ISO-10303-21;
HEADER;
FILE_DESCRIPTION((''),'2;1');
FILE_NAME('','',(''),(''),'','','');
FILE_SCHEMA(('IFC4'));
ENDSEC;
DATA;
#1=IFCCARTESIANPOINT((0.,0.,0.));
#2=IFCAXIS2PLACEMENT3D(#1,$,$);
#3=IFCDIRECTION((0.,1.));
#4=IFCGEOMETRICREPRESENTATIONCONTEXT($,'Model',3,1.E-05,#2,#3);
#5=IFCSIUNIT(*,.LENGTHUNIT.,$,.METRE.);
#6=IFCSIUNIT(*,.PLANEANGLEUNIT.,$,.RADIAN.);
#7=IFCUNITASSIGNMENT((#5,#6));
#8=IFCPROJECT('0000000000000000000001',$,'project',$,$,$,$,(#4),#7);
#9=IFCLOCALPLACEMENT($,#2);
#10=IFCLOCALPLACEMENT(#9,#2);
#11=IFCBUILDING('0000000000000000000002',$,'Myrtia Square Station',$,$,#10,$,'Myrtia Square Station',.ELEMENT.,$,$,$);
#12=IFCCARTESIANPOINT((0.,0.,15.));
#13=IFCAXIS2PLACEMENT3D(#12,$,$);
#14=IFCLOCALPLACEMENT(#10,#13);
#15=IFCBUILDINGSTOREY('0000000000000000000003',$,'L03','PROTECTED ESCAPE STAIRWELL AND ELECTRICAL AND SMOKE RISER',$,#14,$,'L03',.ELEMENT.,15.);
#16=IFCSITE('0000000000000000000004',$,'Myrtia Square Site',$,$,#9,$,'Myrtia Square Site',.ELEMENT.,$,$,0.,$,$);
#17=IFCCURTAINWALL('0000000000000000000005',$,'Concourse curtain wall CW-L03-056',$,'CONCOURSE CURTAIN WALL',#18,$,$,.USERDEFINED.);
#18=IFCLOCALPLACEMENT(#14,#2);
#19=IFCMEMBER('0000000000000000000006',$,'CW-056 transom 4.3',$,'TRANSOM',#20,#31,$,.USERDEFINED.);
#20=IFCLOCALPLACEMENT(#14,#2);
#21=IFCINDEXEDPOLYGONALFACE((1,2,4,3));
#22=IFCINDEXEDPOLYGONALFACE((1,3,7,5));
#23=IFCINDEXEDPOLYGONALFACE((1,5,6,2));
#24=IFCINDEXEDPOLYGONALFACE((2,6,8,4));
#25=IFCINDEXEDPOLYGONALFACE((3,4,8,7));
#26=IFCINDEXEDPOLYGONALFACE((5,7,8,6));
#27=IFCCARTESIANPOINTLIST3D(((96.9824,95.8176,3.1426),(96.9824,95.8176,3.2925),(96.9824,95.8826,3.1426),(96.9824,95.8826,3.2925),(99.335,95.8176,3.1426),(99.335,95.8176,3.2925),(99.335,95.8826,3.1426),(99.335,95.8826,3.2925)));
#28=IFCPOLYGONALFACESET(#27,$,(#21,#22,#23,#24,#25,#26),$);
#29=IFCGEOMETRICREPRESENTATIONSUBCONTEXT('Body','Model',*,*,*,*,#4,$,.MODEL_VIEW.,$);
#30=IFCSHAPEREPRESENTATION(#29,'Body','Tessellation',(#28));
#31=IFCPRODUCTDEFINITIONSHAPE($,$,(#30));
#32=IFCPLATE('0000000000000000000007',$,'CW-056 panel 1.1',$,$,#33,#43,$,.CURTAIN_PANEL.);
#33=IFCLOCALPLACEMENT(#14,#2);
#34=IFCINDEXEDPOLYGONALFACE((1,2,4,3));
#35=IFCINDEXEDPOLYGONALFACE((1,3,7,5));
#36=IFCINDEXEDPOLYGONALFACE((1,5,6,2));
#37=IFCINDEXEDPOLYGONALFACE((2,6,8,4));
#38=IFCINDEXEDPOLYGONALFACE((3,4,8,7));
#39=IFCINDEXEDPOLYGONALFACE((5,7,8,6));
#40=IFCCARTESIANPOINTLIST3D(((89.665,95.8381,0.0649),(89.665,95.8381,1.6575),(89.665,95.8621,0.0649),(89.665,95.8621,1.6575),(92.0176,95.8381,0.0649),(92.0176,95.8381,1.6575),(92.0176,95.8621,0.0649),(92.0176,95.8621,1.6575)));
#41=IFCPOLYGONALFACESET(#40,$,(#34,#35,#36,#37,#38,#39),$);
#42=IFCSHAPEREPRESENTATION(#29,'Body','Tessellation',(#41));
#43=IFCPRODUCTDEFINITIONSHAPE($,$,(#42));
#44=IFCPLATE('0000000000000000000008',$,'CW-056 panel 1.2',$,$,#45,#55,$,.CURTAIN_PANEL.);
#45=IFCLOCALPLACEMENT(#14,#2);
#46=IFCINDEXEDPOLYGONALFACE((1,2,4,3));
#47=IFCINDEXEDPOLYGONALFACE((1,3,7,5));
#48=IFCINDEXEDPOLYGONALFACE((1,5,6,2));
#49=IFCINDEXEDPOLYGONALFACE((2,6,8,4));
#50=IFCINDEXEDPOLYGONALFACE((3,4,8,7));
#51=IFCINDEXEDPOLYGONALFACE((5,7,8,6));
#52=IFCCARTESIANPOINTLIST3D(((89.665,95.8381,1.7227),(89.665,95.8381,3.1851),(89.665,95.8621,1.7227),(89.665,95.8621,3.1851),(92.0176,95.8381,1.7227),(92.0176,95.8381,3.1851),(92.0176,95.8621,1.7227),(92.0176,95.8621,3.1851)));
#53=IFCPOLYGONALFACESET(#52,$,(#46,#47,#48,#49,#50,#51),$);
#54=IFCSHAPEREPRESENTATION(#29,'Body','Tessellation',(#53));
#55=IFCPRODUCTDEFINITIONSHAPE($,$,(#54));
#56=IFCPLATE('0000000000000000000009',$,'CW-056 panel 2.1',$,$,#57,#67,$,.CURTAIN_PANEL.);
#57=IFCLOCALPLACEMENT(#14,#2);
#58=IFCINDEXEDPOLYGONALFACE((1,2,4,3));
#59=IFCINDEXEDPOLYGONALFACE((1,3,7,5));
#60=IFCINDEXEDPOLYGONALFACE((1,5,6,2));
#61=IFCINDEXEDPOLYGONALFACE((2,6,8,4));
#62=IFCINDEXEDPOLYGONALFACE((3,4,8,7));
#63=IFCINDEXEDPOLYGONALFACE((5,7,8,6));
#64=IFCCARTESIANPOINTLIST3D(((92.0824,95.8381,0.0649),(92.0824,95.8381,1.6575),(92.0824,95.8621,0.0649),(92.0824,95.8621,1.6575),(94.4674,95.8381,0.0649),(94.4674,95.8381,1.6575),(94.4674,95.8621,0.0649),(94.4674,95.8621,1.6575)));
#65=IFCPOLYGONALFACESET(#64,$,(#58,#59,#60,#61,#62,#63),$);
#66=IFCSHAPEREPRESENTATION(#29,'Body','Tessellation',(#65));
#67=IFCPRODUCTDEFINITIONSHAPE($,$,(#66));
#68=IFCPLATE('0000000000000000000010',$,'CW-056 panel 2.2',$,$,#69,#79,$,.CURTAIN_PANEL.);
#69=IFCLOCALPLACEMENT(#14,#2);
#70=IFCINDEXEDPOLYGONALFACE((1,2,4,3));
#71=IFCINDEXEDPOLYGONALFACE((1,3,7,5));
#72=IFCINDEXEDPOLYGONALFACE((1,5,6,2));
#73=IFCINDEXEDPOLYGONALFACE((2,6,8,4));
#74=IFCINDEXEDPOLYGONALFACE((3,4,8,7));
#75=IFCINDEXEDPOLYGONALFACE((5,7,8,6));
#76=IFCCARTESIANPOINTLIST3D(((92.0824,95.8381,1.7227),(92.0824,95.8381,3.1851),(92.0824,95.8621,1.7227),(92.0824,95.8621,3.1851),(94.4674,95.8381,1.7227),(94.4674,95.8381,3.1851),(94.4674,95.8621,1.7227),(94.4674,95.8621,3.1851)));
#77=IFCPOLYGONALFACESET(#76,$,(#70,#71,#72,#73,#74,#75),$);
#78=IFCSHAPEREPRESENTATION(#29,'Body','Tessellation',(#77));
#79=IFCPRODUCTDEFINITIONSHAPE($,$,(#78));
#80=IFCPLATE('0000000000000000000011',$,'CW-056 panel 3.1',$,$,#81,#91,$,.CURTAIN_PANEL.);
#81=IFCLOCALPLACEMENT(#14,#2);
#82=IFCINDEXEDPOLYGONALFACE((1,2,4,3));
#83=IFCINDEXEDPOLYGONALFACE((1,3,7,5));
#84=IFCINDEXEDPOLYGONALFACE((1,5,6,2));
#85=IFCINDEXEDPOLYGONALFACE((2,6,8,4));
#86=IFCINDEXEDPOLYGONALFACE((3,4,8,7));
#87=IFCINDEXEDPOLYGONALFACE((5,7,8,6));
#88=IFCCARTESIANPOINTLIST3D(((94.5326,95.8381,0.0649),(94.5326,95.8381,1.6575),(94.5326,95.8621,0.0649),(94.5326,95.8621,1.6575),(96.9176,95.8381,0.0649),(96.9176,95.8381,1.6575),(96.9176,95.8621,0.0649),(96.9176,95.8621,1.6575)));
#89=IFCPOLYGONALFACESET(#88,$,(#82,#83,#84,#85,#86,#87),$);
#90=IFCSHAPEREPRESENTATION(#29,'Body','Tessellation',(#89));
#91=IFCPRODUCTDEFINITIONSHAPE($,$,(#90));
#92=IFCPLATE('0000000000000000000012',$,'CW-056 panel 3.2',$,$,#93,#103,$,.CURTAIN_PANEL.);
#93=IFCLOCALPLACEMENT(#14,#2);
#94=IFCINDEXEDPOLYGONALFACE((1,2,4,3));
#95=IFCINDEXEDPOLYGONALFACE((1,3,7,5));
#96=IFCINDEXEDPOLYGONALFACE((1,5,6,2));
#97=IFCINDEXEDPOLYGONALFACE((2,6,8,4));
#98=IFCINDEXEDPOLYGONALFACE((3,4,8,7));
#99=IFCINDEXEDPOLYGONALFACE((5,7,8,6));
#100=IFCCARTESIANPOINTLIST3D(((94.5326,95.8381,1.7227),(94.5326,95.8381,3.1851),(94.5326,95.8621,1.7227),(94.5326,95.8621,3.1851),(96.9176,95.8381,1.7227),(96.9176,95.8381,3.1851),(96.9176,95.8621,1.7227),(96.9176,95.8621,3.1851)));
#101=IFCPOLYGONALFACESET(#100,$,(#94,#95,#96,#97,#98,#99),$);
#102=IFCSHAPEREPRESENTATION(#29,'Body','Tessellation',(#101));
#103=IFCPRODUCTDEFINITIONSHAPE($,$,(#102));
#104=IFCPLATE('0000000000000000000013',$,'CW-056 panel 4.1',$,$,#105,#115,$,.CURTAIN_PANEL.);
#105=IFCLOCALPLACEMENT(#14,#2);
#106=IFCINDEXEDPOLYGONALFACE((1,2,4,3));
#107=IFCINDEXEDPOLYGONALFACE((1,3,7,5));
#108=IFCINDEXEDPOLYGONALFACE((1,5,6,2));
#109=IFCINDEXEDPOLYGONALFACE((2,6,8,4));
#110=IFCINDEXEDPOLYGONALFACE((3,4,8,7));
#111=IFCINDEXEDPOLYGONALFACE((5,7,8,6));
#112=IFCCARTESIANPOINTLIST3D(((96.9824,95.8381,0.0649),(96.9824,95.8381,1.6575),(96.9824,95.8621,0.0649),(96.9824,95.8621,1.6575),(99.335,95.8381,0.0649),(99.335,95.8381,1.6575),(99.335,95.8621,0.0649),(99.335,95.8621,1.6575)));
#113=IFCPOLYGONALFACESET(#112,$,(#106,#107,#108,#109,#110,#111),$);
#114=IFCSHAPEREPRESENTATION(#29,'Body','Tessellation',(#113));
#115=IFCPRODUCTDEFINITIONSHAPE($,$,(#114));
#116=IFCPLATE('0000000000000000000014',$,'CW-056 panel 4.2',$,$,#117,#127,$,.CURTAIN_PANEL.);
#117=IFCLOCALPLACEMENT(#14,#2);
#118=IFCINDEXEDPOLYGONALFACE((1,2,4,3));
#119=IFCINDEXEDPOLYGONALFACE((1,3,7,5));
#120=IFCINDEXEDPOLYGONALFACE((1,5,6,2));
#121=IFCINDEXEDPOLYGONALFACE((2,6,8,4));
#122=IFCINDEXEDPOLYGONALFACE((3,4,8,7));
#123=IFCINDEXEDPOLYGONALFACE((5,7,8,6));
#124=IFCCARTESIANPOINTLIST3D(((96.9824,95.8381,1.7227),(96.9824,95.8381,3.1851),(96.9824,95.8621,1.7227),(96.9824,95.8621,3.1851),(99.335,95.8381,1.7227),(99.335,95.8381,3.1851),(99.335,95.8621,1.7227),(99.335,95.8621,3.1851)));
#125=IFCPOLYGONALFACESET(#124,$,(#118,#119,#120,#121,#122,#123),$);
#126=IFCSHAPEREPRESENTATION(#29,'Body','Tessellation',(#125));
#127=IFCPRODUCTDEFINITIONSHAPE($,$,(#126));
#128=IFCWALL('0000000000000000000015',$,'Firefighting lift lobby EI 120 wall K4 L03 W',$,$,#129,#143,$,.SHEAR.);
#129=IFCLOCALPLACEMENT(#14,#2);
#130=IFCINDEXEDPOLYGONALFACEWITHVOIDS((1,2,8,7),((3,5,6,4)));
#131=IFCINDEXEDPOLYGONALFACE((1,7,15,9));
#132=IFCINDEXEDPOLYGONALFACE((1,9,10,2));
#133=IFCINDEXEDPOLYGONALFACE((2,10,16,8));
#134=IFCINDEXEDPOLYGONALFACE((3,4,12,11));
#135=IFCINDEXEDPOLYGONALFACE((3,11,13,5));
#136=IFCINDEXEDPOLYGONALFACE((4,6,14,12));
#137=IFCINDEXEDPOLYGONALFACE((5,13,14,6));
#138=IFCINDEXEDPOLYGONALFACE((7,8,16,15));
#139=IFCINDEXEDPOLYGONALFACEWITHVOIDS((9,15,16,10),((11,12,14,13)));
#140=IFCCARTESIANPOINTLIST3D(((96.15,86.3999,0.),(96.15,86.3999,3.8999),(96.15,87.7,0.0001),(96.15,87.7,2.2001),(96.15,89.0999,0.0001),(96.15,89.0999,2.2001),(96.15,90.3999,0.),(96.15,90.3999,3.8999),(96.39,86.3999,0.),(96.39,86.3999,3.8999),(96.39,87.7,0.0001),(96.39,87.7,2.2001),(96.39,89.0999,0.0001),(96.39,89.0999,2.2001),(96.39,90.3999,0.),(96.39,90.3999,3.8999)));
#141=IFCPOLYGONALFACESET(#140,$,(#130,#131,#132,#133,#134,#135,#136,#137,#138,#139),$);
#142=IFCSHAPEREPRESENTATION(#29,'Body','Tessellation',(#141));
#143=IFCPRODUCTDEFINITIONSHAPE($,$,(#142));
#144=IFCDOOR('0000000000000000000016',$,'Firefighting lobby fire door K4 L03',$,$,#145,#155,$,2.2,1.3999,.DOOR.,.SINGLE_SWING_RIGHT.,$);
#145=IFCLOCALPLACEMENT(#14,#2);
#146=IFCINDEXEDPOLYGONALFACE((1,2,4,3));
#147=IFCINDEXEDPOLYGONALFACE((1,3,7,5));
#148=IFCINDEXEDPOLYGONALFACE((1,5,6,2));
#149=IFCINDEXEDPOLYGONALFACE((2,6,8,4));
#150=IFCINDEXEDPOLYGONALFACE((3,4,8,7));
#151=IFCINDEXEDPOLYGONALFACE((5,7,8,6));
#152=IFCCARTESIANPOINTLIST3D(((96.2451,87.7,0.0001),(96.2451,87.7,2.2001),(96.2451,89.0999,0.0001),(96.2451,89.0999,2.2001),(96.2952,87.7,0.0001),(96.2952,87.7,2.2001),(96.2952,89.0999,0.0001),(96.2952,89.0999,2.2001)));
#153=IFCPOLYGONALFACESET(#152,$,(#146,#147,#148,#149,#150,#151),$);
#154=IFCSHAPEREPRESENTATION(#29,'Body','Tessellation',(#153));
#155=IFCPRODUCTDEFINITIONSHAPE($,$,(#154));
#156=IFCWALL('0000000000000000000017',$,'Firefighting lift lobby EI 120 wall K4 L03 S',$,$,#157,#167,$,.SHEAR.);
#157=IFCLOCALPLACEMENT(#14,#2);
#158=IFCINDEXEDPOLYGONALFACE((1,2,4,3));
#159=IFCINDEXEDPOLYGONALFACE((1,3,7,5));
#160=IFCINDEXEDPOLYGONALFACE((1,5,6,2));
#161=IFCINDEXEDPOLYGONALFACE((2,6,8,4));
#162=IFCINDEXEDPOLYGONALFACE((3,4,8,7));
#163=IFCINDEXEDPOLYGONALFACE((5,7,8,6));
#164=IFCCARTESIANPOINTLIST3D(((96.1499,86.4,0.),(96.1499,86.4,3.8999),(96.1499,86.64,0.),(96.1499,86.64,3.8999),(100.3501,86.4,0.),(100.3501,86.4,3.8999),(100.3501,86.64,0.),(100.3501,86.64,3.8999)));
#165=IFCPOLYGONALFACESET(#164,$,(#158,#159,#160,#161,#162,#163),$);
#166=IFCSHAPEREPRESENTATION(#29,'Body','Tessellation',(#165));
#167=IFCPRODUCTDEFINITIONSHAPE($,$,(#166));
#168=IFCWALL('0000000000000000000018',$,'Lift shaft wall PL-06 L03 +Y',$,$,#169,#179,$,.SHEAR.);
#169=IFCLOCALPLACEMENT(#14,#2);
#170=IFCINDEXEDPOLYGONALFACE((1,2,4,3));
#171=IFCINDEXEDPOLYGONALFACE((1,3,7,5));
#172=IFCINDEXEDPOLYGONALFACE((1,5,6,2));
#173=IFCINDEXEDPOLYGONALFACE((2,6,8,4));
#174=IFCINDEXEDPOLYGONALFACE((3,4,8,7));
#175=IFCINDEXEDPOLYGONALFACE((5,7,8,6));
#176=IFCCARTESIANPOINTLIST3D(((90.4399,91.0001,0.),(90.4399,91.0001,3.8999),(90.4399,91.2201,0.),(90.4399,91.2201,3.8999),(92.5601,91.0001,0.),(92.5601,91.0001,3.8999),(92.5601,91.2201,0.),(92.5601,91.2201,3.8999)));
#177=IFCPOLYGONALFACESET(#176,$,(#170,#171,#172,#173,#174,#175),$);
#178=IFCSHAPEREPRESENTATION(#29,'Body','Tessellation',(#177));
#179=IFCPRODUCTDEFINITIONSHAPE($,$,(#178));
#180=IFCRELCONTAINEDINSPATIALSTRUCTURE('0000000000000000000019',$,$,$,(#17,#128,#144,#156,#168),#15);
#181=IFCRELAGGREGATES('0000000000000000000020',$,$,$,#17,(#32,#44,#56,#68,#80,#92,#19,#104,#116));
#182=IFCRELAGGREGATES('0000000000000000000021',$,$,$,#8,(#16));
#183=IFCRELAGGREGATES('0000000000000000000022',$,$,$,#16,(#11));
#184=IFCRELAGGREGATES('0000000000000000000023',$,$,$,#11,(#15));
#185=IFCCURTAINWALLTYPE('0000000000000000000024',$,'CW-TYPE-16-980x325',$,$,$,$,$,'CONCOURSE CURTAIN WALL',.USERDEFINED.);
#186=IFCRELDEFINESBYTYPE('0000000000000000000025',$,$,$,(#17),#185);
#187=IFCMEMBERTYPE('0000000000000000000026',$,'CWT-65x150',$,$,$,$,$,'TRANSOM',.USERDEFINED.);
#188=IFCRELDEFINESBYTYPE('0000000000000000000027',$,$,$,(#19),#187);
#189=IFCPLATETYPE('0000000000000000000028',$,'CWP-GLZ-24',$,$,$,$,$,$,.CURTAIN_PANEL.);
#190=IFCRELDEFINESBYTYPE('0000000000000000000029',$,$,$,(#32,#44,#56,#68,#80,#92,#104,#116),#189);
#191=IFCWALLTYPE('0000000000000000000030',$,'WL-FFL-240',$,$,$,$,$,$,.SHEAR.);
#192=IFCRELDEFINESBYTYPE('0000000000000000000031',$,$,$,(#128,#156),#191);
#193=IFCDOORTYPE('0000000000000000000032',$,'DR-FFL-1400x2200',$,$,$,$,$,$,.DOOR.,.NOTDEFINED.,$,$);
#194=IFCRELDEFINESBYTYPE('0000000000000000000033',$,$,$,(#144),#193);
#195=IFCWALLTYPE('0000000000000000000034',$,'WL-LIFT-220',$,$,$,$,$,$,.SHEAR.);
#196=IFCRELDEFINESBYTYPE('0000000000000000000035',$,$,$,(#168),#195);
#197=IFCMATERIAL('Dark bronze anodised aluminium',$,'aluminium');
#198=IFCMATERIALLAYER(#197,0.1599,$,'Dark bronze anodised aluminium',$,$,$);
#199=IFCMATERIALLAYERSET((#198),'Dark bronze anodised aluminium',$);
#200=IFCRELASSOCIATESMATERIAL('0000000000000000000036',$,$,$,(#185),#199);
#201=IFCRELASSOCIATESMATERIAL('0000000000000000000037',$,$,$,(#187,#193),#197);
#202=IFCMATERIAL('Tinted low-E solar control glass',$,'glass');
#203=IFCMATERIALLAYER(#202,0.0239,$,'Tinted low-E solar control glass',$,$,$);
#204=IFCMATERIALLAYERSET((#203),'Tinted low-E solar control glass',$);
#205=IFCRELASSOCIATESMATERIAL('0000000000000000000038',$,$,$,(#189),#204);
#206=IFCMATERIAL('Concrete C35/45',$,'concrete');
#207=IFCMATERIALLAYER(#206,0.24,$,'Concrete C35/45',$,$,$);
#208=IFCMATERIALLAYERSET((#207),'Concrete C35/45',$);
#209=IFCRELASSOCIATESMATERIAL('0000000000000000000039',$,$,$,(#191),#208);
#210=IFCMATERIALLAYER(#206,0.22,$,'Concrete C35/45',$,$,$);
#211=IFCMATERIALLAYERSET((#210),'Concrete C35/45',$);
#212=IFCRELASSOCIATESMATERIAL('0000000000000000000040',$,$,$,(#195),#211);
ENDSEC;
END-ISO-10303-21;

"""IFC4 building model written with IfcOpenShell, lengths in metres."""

from ifc_helpers import new_model, si_unit, direction, frame, frame_2d, origin, origin_2d, place, context, subcontext, project, spatial, rectangle, extrude, material, layer, layer_set, material_profile, profile_set, type_object, element, fill, aggregate, save


model = new_model("IFC4")

# Units and contexts
model_context = context("Model", 3, precision=1e-05, world=origin(), true_north=direction((0.0, 1.0)))
body_context = subcontext(model_context, "Body", "Model", "MODEL_VIEW")
ifc_project = project(units=[si_unit("LENGTHUNIT", "METRE"), si_unit("PLANEANGLEUNIT", "RADIAN")], contexts=[model_context])

# Site, building, storey
site_placement = place(None, origin())
site = spatial("IfcSite", under=ifc_project, at=site_placement, Name="Myrtia Square Site", LongName="Myrtia Square Site", CompositionType="ELEMENT", RefElevation=0.0)
building_placement = place(site_placement, origin())
building = spatial("IfcBuilding", under=site, at=building_placement, Name="Myrtia Square Station", LongName="Myrtia Square Station", CompositionType="ELEMENT")
storey_placement = place(building_placement, frame((0.0, 0.0, 15.0)))
storey = spatial("IfcBuildingStorey", under=building, at=storey_placement, Name="L03", Description="PROTECTED ESCAPE STAIRWELL AND ELECTRICAL AND SMOKE RISER", LongName="L03", CompositionType="ELEMENT", Elevation=15.0)

# Curtain wall, member, plates
ifc_material_1 = material(Name="Dark bronze anodised aluminium", Category="aluminium")
ifc_layer_1 = layer(ifc_material_1, 0.1599, Name="Dark bronze anodised aluminium")
ifc_layer_set_1 = layer_set([ifc_layer_1], Name="Dark bronze anodised aluminium")
curtain_wall_type = type_object("IfcCurtainWallType", Name="CW-TYPE-16-980x325", ElementType="CONCOURSE CURTAIN WALL", PredefinedType="USERDEFINED", material=ifc_layer_set_1)
curtain_wall_placement = place(storey_placement, origin())
curtain_wall = element("IfcCurtainWall", 1, at=curtain_wall_placement, inside=storey, type_object=curtain_wall_type, Name="Concourse curtain wall CW-L03-056", ObjectType="CONCOURSE CURTAIN WALL", PredefinedType="USERDEFINED")
ifc_material_profile_1 = material_profile(ifc_material_1, rectangle(XDim=0.0649, YDim=0.1499, at=origin_2d()), Name="ALU-T 65x150")
ifc_profile_set_1 = profile_set([ifc_material_profile_1], Name="Dark bronze anodised aluminium")
member_type_1 = type_object("IfcMemberType", Name="CWT-65x150", ElementType="TRANSOM", PredefinedType="USERDEFINED", material=ifc_profile_set_1)
member_1_placement = place(storey_placement, frame((96.9824, 95.8501, 3.2175), z_axis=(1.0, 0.0, 0.0), x_axis=(0.0, 1.0, 0.0)))
member_1 = element("IfcMember", 2, at=member_1_placement, type_object=member_type_1, Name="CW-056 transom 4.3", ObjectType="TRANSOM", PredefinedType="USERDEFINED", context=body_context, shape_type="SweptSolid", body=[
    extrude(rectangle(XDim=0.0649, YDim=0.1499, at=origin_2d()), origin(), (0.0, 0.0, 1.0), 2.3525),
])
ifc_material_2 = material(Name="Tinted low-E solar control glass", Category="glass")
ifc_layer_2 = layer(ifc_material_2, 0.0239, Name="Tinted low-E solar control glass")
ifc_layer_set_2 = layer_set([ifc_layer_2], Name="Tinted low-E solar control glass")
plate_type = type_object("IfcPlateType", Name="CWP-GLZ-24", PredefinedType="CURTAIN_PANEL", material=ifc_layer_set_2)
plate_1_placement = place(storey_placement, frame((90.8413, 95.8501, 0.0649), z_axis=(0.0, 0.0, 1.0), x_axis=(1.0, 0.0, 0.0)))
plate_1 = element("IfcPlate", 3, at=plate_1_placement, type_object=plate_type, Name="CW-056 panel 1.1", PredefinedType="CURTAIN_PANEL", context=body_context, shape_type="SweptSolid", body=[
    extrude(rectangle(XDim=2.3525, YDim=0.0239, at=origin_2d()), origin(), (0.0, 0.0, 1.0), 1.5925),
])
plate_2_placement = place(storey_placement, frame((90.8413, 95.8501, 1.7227), z_axis=(0.0, 0.0, 1.0), x_axis=(1.0, 0.0, 0.0)))
plate_2 = element("IfcPlate", 4, at=plate_2_placement, type_object=plate_type, Name="CW-056 panel 1.2", PredefinedType="CURTAIN_PANEL", context=body_context, shape_type="SweptSolid", body=[
    extrude(rectangle(XDim=2.3525, YDim=0.0239, at=origin_2d()), origin(), (0.0, 0.0, 1.0), 1.4624),
])
plate_3_placement = place(storey_placement, frame((93.2749, 95.8501, 0.0649), z_axis=(0.0, 0.0, 1.0), x_axis=(1.0, 0.0, 0.0)))
plate_3 = element("IfcPlate", 5, at=plate_3_placement, type_object=plate_type, Name="CW-056 panel 2.1", PredefinedType="CURTAIN_PANEL", context=body_context, shape_type="SweptSolid", body=[
    extrude(rectangle(XDim=2.385, YDim=0.0239, at=origin_2d()), origin(), (0.0, 0.0, 1.0), 1.5925),
])
plate_4_placement = place(storey_placement, frame((93.2749, 95.8501, 1.7227), z_axis=(0.0, 0.0, 1.0), x_axis=(1.0, 0.0, 0.0)))
plate_4 = element("IfcPlate", 6, at=plate_4_placement, type_object=plate_type, Name="CW-056 panel 2.2", PredefinedType="CURTAIN_PANEL", context=body_context, shape_type="SweptSolid", body=[
    extrude(rectangle(XDim=2.385, YDim=0.0239, at=origin_2d()), origin(), (0.0, 0.0, 1.0), 1.4624),
])
plate_5_placement = place(storey_placement, frame((95.7251, 95.8501, 0.0649), z_axis=(0.0, 0.0, 1.0), x_axis=(1.0, 0.0, 0.0)))
plate_5 = element("IfcPlate", 7, at=plate_5_placement, type_object=plate_type, Name="CW-056 panel 3.1", PredefinedType="CURTAIN_PANEL", context=body_context, shape_type="SweptSolid", body=[
    extrude(rectangle(XDim=2.385, YDim=0.0239, at=origin_2d()), origin(), (0.0, 0.0, 1.0), 1.5925),
])
plate_6_placement = place(storey_placement, frame((95.7251, 95.8501, 1.7227), z_axis=(0.0, 0.0, 1.0), x_axis=(1.0, 0.0, 0.0)))
plate_6 = element("IfcPlate", 8, at=plate_6_placement, type_object=plate_type, Name="CW-056 panel 3.2", PredefinedType="CURTAIN_PANEL", context=body_context, shape_type="SweptSolid", body=[
    extrude(rectangle(XDim=2.385, YDim=0.0239, at=origin_2d()), origin(), (0.0, 0.0, 1.0), 1.4624),
])
plate_7_placement = place(storey_placement, frame((98.1587, 95.8501, 0.0649), z_axis=(0.0, 0.0, 1.0), x_axis=(1.0, 0.0, 0.0)))
plate_7 = element("IfcPlate", 9, at=plate_7_placement, type_object=plate_type, Name="CW-056 panel 4.1", PredefinedType="CURTAIN_PANEL", context=body_context, shape_type="SweptSolid", body=[
    extrude(rectangle(XDim=2.3525, YDim=0.0239, at=origin_2d()), origin(), (0.0, 0.0, 1.0), 1.5925),
])
plate_8_placement = place(storey_placement, frame((98.1587, 95.8501, 1.7227), z_axis=(0.0, 0.0, 1.0), x_axis=(1.0, 0.0, 0.0)))
plate_8 = element("IfcPlate", 10, at=plate_8_placement, type_object=plate_type, Name="CW-056 panel 4.2", PredefinedType="CURTAIN_PANEL", context=body_context, shape_type="SweptSolid", body=[
    extrude(rectangle(XDim=2.3525, YDim=0.0239, at=origin_2d()), origin(), (0.0, 0.0, 1.0), 1.4624),
])
aggregate(curtain_wall, [plate_1, plate_2, plate_3, plate_4, plate_5, plate_6, member_1, plate_7, plate_8])

# Wall, opening, door
ifc_material_3 = material(Name="Concrete C35/45", Category="concrete")
ifc_layer_3 = layer(ifc_material_3, 0.24, Name="Concrete C35/45")
ifc_layer_set_3 = layer_set([ifc_layer_3], Name="Concrete C35/45")
wall_type_1 = type_object("IfcWallType", Name="WL-FFL-240", PredefinedType="SHEAR", material=ifc_layer_set_3)
wall_1_placement = place(storey_placement, frame((96.27, 86.3999, 0.0), z_axis=(0.0, 0.0, 1.0), x_axis=(0.0, 1.0, 0.0)))
wall_1 = element("IfcWall", 11, at=wall_1_placement, inside=storey, type_object=wall_type_1, Name="Firefighting lift lobby EI 120 wall K4 L03 W", PredefinedType="SHEAR", context=body_context, shape_type="SweptSolid", body=[
    extrude(rectangle(XDim=4.0, YDim=0.24, at=frame_2d((2.0, 0.0))), origin(), (0.0, 0.0, 1.0), 3.8999),
])
opening_1_placement = place(wall_1_placement, frame((1.3, 0.0, 0.0)))
opening_1 = element("IfcOpeningElement", 12, at=opening_1_placement, cuts=wall_1, PredefinedType="OPENING", context=body_context, shape_type="SweptSolid", body=[
    extrude(rectangle(XDim=1.3999, YDim=2.2, at=frame_2d((0.7, 1.1001))), frame((0.0, 0.135, 0.0), z_axis=(0.0, -1.0, 0.0), x_axis=(1.0, 0.0, 0.0)), (0.0, 0.0, 1.0), 0.27),
])
door_type_1 = type_object("IfcDoorType", Name="DR-FFL-1400x2200", OperationType="NOTDEFINED", PredefinedType="DOOR", material=ifc_material_1)
door_1_placement = place(opening_1_placement, origin())
door_1 = element("IfcDoor", 13, at=door_1_placement, inside=storey, type_object=door_type_1, Name="Firefighting lobby fire door K4 L03", OperationType="SINGLE_SWING_RIGHT", OverallHeight=2.2, OverallWidth=1.3999, PredefinedType="DOOR", context=body_context, shape_type="SweptSolid", body=[
    extrude(rectangle(XDim=1.3999, YDim=2.2, at=frame_2d((0.7, 1.1001))), frame((0.0, 0.0249, 0.0), z_axis=(0.0, -1.0, 0.0), x_axis=(1.0, 0.0, 0.0)), (0.0, 0.0, 1.0), 0.05),
])
fill(opening_1, door_1)

# Wall
wall_2_placement = place(storey_placement, frame((96.1499, 86.52, 0.0), z_axis=(0.0, 0.0, 1.0), x_axis=(1.0, 0.0, 0.0)))
element("IfcWall", 14, at=wall_2_placement, inside=storey, type_object=wall_type_1, Name="Firefighting lift lobby EI 120 wall K4 L03 S", PredefinedType="SHEAR", context=body_context, shape_type="SweptSolid", body=[
    extrude(rectangle(XDim=4.2002, YDim=0.24, at=frame_2d((2.1001, 0.0))), origin(), (0.0, 0.0, 1.0), 3.8999),
])

# Shared definitions
ifc_layer_4 = layer(ifc_material_3, 0.22, Name="Concrete C35/45")
ifc_layer_set_4 = layer_set([ifc_layer_4], Name="Concrete C35/45")
wall_type_2 = type_object("IfcWallType", Name="WL-LIFT-220", PredefinedType="SHEAR", material=ifc_layer_set_4)

# Wall
wall_3_placement = place(storey_placement, frame((90.4399, 91.1101, 0.0), z_axis=(0.0, 0.0, 1.0), x_axis=(1.0, 0.0, 0.0)))
element("IfcWall", 15, at=wall_3_placement, inside=storey, type_object=wall_type_2, Name="Lift shaft wall PL-06 L03 +Y", PredefinedType="SHEAR", context=body_context, shape_type="SweptSolid", body=[
    extrude(rectangle(XDim=2.1201, YDim=0.22, at=frame_2d((1.0601, 0.0))), origin(), (0.0, 0.0, 1.0), 3.8999),
])

save(model, "model.ifc")
